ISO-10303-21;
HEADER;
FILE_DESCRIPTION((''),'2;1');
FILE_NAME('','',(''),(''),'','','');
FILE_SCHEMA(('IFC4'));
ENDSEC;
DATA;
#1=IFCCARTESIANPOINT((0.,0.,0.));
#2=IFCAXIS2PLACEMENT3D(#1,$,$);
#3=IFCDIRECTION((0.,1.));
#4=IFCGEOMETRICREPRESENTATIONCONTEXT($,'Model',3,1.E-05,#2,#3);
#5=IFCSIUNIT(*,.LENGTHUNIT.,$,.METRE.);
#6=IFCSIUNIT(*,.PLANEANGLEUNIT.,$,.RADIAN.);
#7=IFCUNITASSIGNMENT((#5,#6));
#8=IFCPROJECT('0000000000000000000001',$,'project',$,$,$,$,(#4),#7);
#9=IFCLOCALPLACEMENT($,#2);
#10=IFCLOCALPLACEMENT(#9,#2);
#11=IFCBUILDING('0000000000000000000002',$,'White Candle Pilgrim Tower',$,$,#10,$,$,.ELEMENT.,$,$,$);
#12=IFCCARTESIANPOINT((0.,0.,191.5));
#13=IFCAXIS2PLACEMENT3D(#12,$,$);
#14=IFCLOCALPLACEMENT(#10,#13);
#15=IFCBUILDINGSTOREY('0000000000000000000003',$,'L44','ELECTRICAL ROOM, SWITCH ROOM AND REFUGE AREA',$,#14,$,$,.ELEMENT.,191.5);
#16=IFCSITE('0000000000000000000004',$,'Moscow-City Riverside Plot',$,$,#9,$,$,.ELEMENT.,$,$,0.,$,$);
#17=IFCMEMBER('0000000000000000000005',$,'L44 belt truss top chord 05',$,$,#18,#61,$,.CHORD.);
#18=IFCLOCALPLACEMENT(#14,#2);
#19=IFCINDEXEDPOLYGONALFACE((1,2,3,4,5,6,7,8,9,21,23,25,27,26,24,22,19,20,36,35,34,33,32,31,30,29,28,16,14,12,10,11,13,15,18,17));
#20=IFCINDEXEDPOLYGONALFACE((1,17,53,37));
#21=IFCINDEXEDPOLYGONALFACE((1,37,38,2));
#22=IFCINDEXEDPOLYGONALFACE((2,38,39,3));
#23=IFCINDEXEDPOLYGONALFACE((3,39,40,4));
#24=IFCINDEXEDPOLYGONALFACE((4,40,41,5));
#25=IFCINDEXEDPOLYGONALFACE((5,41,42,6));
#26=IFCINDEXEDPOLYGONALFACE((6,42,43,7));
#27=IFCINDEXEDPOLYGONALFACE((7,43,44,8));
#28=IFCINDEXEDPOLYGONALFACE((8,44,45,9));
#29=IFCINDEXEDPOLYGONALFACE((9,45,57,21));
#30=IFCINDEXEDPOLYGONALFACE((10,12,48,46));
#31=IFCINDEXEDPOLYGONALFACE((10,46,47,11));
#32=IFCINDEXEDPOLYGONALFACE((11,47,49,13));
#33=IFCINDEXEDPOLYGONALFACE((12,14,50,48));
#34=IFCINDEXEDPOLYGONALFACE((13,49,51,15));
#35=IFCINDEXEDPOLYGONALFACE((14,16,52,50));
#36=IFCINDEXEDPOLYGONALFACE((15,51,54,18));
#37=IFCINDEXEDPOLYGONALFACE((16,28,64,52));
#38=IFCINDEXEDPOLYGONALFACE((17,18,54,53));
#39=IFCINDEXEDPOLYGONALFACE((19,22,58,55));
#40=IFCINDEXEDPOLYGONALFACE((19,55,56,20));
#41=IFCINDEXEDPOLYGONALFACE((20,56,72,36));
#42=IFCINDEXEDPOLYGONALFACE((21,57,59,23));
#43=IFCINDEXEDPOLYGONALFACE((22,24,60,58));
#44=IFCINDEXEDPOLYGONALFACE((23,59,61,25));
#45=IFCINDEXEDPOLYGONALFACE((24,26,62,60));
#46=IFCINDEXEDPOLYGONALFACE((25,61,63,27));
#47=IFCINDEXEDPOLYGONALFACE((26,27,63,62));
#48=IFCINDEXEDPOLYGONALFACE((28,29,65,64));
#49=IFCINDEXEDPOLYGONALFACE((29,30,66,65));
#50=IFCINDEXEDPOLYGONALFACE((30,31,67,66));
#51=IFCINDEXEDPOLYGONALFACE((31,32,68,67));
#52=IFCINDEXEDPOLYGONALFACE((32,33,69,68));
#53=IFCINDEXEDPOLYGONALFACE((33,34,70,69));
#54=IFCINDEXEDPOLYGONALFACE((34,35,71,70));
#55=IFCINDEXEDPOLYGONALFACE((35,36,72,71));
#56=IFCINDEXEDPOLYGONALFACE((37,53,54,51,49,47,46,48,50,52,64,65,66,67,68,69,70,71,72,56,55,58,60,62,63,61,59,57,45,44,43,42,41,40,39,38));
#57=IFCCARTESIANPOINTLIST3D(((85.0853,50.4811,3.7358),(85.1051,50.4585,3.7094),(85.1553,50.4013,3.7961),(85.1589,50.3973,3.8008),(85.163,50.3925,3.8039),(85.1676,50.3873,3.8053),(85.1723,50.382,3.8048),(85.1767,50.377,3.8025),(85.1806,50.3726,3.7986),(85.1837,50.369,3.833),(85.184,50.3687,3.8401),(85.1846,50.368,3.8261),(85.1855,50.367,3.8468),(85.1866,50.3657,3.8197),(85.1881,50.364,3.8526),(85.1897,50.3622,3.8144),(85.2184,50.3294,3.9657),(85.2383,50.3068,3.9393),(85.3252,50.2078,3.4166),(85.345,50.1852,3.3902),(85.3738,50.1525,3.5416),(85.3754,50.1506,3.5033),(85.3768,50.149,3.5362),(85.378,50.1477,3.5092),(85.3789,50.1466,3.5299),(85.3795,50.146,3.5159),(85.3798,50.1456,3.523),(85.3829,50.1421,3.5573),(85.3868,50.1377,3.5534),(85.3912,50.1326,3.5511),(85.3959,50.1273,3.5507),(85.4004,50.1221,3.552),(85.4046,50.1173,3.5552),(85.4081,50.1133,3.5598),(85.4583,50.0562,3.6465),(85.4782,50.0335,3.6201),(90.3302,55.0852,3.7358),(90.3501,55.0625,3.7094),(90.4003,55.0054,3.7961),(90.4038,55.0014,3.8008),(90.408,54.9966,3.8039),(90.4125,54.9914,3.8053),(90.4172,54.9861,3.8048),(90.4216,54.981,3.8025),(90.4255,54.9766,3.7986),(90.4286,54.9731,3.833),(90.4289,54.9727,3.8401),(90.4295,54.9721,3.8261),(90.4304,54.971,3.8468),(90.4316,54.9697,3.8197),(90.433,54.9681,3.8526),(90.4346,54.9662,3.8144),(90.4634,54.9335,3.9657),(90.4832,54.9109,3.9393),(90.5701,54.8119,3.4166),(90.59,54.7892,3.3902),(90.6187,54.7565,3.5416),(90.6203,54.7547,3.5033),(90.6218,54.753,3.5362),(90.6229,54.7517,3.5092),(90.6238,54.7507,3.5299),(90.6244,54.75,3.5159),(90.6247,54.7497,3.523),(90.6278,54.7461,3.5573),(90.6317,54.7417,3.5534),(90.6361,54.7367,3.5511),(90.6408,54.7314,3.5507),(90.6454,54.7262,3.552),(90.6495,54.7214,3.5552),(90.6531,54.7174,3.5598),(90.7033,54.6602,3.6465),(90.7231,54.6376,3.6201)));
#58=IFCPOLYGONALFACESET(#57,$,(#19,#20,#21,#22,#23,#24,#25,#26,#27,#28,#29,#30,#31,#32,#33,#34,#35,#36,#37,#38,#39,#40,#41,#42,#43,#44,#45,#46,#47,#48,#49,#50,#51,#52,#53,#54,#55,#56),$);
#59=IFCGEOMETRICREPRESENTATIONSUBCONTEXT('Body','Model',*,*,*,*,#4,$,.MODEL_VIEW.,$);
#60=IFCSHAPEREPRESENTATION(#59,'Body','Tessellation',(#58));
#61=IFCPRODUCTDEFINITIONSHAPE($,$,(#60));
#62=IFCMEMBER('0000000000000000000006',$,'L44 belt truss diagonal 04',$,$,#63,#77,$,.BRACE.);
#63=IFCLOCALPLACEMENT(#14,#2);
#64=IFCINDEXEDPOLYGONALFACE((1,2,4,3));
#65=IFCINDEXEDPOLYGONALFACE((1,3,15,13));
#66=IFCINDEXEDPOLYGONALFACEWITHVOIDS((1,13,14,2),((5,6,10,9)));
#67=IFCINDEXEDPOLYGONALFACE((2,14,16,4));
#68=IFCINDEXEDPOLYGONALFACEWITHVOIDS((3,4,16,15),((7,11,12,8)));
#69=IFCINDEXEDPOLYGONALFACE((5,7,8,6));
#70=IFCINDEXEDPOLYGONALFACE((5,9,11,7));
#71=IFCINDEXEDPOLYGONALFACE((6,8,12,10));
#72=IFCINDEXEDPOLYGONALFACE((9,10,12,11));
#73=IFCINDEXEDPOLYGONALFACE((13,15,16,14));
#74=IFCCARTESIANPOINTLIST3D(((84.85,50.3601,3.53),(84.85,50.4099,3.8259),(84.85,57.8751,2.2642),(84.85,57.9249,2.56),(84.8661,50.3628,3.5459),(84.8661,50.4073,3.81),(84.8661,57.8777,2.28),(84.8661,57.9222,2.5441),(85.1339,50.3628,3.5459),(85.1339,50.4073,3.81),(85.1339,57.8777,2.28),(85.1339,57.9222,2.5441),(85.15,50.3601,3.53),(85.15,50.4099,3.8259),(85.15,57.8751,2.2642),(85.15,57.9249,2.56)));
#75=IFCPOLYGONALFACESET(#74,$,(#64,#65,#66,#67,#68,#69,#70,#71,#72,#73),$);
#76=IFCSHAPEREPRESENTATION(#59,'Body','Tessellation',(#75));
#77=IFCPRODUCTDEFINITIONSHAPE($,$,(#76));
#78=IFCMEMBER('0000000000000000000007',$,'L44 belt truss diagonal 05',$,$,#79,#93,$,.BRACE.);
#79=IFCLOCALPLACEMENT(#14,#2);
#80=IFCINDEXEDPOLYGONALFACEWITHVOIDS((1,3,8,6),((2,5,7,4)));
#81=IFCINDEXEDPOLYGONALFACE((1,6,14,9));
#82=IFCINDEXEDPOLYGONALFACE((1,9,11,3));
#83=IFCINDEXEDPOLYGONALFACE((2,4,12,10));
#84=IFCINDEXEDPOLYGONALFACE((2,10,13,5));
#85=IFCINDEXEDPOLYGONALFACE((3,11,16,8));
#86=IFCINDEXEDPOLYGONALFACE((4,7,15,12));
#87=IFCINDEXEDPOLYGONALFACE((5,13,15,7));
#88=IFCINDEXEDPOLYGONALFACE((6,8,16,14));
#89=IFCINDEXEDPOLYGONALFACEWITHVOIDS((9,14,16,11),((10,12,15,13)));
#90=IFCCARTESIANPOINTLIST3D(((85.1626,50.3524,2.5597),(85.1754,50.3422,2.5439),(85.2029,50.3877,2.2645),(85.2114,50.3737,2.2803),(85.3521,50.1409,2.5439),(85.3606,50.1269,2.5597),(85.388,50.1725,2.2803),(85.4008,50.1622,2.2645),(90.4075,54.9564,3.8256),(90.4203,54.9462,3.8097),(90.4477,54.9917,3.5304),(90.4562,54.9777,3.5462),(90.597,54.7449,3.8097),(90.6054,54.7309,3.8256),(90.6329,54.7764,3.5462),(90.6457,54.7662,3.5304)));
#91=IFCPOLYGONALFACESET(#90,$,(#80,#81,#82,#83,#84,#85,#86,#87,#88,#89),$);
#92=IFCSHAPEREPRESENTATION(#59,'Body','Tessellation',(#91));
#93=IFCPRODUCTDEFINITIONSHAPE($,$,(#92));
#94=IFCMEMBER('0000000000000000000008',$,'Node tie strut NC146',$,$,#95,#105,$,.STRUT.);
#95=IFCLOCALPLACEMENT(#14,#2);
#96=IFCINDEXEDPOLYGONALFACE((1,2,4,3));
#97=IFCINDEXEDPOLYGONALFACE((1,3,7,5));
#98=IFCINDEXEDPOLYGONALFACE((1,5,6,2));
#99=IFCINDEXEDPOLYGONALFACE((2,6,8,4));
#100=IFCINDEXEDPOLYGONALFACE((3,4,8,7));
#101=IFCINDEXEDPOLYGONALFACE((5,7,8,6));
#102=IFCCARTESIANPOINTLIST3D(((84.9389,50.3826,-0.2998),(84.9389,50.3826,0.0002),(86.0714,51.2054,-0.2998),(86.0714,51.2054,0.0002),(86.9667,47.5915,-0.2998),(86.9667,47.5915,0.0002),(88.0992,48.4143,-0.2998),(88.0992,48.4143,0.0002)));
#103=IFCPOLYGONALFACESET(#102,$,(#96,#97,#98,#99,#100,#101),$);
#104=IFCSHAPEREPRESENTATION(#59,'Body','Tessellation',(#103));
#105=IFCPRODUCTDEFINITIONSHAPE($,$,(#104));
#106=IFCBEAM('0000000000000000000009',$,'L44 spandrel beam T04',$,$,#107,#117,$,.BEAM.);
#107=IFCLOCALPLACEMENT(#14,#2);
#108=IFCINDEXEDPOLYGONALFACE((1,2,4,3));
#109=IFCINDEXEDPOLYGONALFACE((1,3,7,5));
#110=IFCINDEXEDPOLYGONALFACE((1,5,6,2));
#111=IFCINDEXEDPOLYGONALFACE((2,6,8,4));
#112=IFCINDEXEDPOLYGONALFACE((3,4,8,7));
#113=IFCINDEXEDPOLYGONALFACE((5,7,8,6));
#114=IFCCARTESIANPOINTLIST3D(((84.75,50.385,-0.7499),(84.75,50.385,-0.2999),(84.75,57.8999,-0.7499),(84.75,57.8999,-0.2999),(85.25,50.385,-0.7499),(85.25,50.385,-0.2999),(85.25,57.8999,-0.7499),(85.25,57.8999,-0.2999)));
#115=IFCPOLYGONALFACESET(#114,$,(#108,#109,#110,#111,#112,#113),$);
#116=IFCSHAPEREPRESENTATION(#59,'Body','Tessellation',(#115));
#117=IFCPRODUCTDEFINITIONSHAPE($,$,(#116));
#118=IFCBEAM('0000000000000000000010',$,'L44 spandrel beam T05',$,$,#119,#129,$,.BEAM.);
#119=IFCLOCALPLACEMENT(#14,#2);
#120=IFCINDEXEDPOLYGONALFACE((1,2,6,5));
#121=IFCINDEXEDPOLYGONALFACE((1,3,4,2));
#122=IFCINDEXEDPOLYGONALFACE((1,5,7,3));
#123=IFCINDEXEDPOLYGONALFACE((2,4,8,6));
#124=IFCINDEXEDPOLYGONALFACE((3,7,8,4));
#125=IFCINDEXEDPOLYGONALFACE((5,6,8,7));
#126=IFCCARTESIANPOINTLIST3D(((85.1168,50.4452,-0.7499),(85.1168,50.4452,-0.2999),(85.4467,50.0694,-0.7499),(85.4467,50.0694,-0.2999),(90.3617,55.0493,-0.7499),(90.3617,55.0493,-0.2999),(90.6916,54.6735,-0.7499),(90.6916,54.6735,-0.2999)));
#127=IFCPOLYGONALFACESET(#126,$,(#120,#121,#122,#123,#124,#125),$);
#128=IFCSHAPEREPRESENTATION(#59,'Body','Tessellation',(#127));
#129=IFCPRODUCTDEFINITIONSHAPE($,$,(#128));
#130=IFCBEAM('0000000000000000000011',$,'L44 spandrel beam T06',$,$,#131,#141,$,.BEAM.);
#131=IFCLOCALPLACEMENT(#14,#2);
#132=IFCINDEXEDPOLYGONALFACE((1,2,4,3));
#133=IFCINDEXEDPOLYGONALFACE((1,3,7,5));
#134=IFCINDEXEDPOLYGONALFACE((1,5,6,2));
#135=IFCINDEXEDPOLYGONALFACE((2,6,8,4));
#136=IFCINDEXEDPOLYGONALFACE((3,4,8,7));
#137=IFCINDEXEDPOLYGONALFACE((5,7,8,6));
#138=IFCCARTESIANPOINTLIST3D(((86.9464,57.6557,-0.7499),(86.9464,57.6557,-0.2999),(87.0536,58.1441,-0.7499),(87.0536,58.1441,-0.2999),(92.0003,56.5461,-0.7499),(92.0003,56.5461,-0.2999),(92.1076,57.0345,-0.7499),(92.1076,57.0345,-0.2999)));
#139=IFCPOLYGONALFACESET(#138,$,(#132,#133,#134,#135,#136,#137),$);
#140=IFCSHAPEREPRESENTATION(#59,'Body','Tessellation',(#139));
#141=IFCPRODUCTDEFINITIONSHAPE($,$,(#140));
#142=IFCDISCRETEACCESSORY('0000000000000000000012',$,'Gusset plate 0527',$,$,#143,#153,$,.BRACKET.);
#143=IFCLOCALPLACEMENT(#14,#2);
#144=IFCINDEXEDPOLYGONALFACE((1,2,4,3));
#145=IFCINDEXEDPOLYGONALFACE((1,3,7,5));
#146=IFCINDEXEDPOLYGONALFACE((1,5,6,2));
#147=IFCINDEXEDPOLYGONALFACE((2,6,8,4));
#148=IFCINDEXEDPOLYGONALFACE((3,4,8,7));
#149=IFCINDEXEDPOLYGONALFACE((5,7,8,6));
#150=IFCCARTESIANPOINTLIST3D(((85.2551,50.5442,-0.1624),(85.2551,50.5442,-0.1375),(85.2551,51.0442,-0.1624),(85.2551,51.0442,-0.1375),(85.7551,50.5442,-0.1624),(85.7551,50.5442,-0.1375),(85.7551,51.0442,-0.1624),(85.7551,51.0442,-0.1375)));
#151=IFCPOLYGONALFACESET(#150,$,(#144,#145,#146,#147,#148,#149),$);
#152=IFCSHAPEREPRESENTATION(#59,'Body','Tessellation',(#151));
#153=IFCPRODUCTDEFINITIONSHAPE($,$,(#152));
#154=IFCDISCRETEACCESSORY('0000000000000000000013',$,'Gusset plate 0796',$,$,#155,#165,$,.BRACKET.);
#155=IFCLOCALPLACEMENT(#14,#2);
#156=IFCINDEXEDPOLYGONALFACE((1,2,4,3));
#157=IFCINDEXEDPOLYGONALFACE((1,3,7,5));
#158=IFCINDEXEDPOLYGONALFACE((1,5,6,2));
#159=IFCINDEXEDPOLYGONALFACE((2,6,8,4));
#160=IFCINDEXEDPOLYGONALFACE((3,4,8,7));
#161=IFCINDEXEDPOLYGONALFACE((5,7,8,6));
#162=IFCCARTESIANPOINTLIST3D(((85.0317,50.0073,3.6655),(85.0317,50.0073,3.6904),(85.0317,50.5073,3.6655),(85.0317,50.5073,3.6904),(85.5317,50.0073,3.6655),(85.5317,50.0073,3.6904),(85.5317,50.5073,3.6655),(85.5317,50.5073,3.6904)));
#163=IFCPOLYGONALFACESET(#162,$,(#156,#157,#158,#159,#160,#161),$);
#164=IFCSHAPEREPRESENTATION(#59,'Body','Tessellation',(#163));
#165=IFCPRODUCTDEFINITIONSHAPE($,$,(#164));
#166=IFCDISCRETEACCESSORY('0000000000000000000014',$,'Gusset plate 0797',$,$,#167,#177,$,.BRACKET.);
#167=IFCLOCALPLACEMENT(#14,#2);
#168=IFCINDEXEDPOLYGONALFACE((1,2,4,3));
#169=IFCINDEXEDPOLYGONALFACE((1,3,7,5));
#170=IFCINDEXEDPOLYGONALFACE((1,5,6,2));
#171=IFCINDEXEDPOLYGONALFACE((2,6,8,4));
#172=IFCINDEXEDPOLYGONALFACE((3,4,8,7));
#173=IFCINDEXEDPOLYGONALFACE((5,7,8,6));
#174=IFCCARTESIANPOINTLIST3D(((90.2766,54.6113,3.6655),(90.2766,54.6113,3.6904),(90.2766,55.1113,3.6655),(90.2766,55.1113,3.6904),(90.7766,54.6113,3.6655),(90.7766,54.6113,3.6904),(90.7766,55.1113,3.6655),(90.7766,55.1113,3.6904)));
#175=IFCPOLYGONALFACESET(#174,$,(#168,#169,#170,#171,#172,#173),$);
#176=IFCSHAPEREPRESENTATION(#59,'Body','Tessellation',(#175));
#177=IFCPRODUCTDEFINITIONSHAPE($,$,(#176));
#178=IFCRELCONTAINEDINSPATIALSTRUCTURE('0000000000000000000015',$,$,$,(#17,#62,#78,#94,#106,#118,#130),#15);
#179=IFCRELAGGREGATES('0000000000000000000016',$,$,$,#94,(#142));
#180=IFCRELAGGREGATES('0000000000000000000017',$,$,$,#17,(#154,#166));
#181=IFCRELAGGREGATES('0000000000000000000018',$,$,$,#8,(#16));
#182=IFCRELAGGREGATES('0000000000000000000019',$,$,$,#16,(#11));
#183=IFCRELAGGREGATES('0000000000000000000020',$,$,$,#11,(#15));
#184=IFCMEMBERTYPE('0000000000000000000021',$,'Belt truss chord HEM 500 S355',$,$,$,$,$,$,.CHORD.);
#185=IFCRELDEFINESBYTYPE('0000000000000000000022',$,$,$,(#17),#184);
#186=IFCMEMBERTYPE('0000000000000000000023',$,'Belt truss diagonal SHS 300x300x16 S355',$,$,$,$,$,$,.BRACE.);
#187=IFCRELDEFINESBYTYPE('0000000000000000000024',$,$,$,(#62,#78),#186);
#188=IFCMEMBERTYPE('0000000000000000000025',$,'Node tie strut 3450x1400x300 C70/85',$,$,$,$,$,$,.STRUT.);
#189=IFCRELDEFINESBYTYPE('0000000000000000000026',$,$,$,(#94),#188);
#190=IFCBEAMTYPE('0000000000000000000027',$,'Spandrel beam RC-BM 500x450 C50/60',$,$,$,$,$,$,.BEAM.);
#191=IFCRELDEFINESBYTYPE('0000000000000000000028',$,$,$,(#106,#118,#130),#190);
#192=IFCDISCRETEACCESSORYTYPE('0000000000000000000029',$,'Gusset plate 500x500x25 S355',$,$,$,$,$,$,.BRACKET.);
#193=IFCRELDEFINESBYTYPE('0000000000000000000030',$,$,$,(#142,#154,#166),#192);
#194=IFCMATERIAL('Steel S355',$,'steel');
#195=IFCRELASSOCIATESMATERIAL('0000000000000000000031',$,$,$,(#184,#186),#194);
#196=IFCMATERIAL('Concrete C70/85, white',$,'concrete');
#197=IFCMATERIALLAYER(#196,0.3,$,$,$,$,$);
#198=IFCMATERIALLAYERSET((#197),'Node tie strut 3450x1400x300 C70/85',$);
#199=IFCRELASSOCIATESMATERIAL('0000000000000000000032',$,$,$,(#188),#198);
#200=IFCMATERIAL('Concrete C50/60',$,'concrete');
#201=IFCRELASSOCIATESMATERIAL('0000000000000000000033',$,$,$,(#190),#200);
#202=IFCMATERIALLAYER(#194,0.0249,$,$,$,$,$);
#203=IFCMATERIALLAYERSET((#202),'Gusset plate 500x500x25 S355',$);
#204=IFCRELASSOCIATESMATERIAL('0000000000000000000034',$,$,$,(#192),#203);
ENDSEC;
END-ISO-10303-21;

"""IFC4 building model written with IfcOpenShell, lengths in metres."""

from ifc_helpers import new_model, si_unit, direction, frame, origin, origin_2d, place, context, subcontext, project, spatial, rectangle, hollow_rectangle, i_section, extrude, material, layer, layer_set, material_profile, profile_set, type_object, element, aggregate, save


model = new_model("IFC4")

# Units and contexts
model_context = context("Model", 3, precision=1e-05, world=origin(), true_north=direction((0.0, 1.0)))
body_context = subcontext(model_context, "Body", "Model", "MODEL_VIEW")
ifc_project = project(units=[si_unit("LENGTHUNIT", "METRE"), si_unit("PLANEANGLEUNIT", "RADIAN")], contexts=[model_context])

# Site, building, storey
site_placement = place(None, origin())
site = spatial("IfcSite", under=ifc_project, at=site_placement, Name="Moscow-City Riverside Plot", CompositionType="ELEMENT", RefElevation=0.0)
building_placement = place(site_placement, origin())
building = spatial("IfcBuilding", under=site, at=building_placement, Name="White Candle Pilgrim Tower", CompositionType="ELEMENT")
storey_placement = place(building_placement, frame((0.0, 0.0, 191.5)))
storey = spatial("IfcBuildingStorey", under=building, at=storey_placement, Name="L44", Description="ELECTRICAL ROOM, SWITCH ROOM AND REFUGE AREA", CompositionType="ELEMENT", Elevation=191.5)

# Member
ifc_material_1 = material(Name="Steel S355", Category="steel")
ifc_material_profile_1 = material_profile(ifc_material_1, i_section(OverallWidth=0.3059, OverallDepth=0.5239, WebThickness=0.021, FlangeThickness=0.04, FilletRadius=0.0271, at=origin_2d()), Name="HEM 500")
ifc_profile_set_1 = profile_set([ifc_material_profile_1], Name="Steel S355")
member_type_1 = type_object("IfcMemberType", Name="Belt truss chord HEM 500 S355", PredefinedType="CHORD", material=ifc_profile_set_1)
member_1_placement = place(storey_placement, frame((85.2817, 50.2573, 3.678), z_axis=(0.751529, 0.6597, 0.0), x_axis=(0.435202, -0.495781, 0.751532)))
member_1 = element("IfcMember", 1, at=member_1_placement, inside=storey, type_object=member_type_1, Name="L44 belt truss top chord 05", PredefinedType="CHORD", context=body_context, shape_type="SweptSolid", body=[
    extrude(i_section(OverallWidth=0.3059, OverallDepth=0.5239, WebThickness=0.021, FlangeThickness=0.04, FilletRadius=0.0271, at=origin_2d()), origin(), (0.0, 0.0, 1.0), 6.979),
])

# Members
ifc_material_profile_2 = material_profile(ifc_material_1, hollow_rectangle(XDim=0.3, YDim=0.3, WallThickness=0.0161, at=origin_2d()), Name="SHS 300x300x16")
ifc_profile_set_2 = profile_set([ifc_material_profile_2], Name="Steel S355")
member_type_2 = type_object("IfcMemberType", Name="Belt truss diagonal SHS 300x300x16 S355", PredefinedType="BRACE", material=ifc_profile_set_2)
member_2_placement = place(storey_placement, frame((85.0, 50.385, 3.678), z_axis=(0.0, 0.986108, -0.166108), x_axis=(-1.0, 0.0, 0.0)))
element("IfcMember", 2, at=member_2_placement, inside=storey, type_object=member_type_2, Name="L44 belt truss diagonal 04", PredefinedType="BRACE", context=body_context, shape_type="SweptSolid", body=[
    extrude(hollow_rectangle(XDim=0.3, YDim=0.3, WallThickness=0.0161, at=origin_2d()), origin(), (0.0, 0.0, 1.0), 7.6208),
])
member_3_placement = place(storey_placement, frame((85.2817, 50.2573, 2.4121), z_axis=(0.739463, 0.649108, 0.178472), x_axis=(-0.6597, 0.751529, 0.0)))
element("IfcMember", 3, at=member_3_placement, inside=storey, type_object=member_type_2, Name="L44 belt truss diagonal 05", PredefinedType="BRACE", context=body_context, shape_type="SweptSolid", body=[
    extrude(hollow_rectangle(XDim=0.3, YDim=0.3, WallThickness=0.0161, at=origin_2d()), origin(), (0.0, 0.0, 1.0), 7.0928),
])

# Member
ifc_material_2 = material(Name="Concrete C70/85, white", Category="concrete")
ifc_layer_1 = layer(ifc_material_2, 0.3)
ifc_layer_set_1 = layer_set([ifc_layer_1], Name="Node tie strut 3450x1400x300 C70/85")
member_type_3 = type_object("IfcMemberType", Name="Node tie strut 3450x1400x300 C70/85", PredefinedType="STRUT", material=ifc_layer_set_1)
member_4_placement = place(storey_placement, frame((86.519, 49.3984, -0.2998), z_axis=(0.0, 0.0, 1.0), x_axis=(0.809017, 0.587785, 0.0)))
member_4 = element("IfcMember", 4, at=member_4_placement, inside=storey, type_object=member_type_3, Name="Node tie strut NC146", PredefinedType="STRUT", context=body_context, shape_type="SweptSolid", body=[
    extrude(rectangle(XDim=1.3999, YDim=3.45, at=origin_2d()), origin(), (0.0, 0.0, 1.0), 0.3),
])

# Beams
ifc_material_3 = material(Name="Concrete C50/60", Category="concrete")
ifc_material_profile_3 = material_profile(ifc_material_3, rectangle(XDim=0.5, YDim=0.45, at=origin_2d()), Name="RC-BM 500x450")
ifc_profile_set_3 = profile_set([ifc_material_profile_3], Name="Concrete C50/60")
beam_type = type_object("IfcBeamType", Name="Spandrel beam RC-BM 500x450 C50/60", PredefinedType="BEAM", material=ifc_profile_set_3)
beam_1_placement = place(storey_placement, frame((85.0, 50.385, -0.5249), z_axis=(0.0, 1.0, 0.0), x_axis=(-1.0, 0.0, 0.0)))
element("IfcBeam", 5, at=beam_1_placement, inside=storey, type_object=beam_type, Name="L44 spandrel beam T04", PredefinedType="BEAM", context=body_context, shape_type="SweptSolid", body=[
    extrude(rectangle(XDim=0.5, YDim=0.45, at=origin_2d()), origin(), (0.0, 0.0, 1.0), 7.5149),
])
beam_2_placement = place(storey_placement, frame((85.2817, 50.2573, -0.5249), z_axis=(0.751529, 0.6597, 0.0), x_axis=(-0.6597, 0.751529, 0.0)))
element("IfcBeam", 6, at=beam_2_placement, inside=storey, type_object=beam_type, Name="L44 spandrel beam T05", PredefinedType="BEAM", context=body_context, shape_type="SweptSolid", body=[
    extrude(rectangle(XDim=0.5, YDim=0.45, at=origin_2d()), origin(), (0.0, 0.0, 1.0), 6.979),
])
beam_3_placement = place(storey_placement, frame((92.054, 56.7903, -0.5249), z_axis=(-0.976736, 0.214447, 0.0), x_axis=(-0.214447, -0.976736, 0.0)))
element("IfcBeam", 7, at=beam_3_placement, inside=storey, type_object=beam_type, Name="L44 spandrel beam T06", PredefinedType="BEAM", context=body_context, shape_type="SweptSolid", body=[
    extrude(rectangle(XDim=0.5, YDim=0.45, at=origin_2d()), origin(), (0.0, 0.0, 1.0), 5.1743),
])

# Discrete accessories
ifc_layer_2 = layer(ifc_material_1, 0.0249)
ifc_layer_set_2 = layer_set([ifc_layer_2], Name="Gusset plate 500x500x25 S355")
discrete_accessory_type_1 = type_object("IfcDiscreteAccessoryType", Name="Gusset plate 500x500x25 S355", PredefinedType="BRACKET", material=ifc_layer_set_2)
discrete_accessory_1_placement = place(storey_placement, frame((85.5051, 50.7942, -0.1624), z_axis=(0.0, 0.0, 1.0), x_axis=(1.0, 0.0, 0.0)))
discrete_accessory_1 = element("IfcDiscreteAccessory", 8, at=discrete_accessory_1_placement, type_object=discrete_accessory_type_1, Name="Gusset plate 0527", PredefinedType="BRACKET", context=body_context, shape_type="SweptSolid", body=[
    extrude(rectangle(XDim=0.5, YDim=0.5, at=origin_2d()), origin(), (0.0, 0.0, 1.0), 0.0249),
])
aggregate(member_4, [discrete_accessory_1])
discrete_accessory_2_placement = place(storey_placement, frame((85.2817, 50.2573, 3.6655), z_axis=(0.0, 0.0, 1.0), x_axis=(1.0, 0.0, 0.0)))
discrete_accessory_2 = element("IfcDiscreteAccessory", 9, at=discrete_accessory_2_placement, type_object=discrete_accessory_type_1, Name="Gusset plate 0796", PredefinedType="BRACKET", context=body_context, shape_type="SweptSolid", body=[
    extrude(rectangle(XDim=0.5, YDim=0.5, at=origin_2d()), origin(), (0.0, 0.0, 1.0), 0.0249),
])
discrete_accessory_3_placement = place(storey_placement, frame((90.5266, 54.8613, 3.6655), z_axis=(0.0, 0.0, 1.0), x_axis=(1.0, 0.0, 0.0)))
discrete_accessory_3 = element("IfcDiscreteAccessory", 10, at=discrete_accessory_3_placement, type_object=discrete_accessory_type_1, Name="Gusset plate 0797", PredefinedType="BRACKET", context=body_context, shape_type="SweptSolid", body=[
    extrude(rectangle(XDim=0.5, YDim=0.5, at=origin_2d()), origin(), (0.0, 0.0, 1.0), 0.0249),
])
aggregate(member_1, [discrete_accessory_2, discrete_accessory_3])

save(model, "model.ifc")
